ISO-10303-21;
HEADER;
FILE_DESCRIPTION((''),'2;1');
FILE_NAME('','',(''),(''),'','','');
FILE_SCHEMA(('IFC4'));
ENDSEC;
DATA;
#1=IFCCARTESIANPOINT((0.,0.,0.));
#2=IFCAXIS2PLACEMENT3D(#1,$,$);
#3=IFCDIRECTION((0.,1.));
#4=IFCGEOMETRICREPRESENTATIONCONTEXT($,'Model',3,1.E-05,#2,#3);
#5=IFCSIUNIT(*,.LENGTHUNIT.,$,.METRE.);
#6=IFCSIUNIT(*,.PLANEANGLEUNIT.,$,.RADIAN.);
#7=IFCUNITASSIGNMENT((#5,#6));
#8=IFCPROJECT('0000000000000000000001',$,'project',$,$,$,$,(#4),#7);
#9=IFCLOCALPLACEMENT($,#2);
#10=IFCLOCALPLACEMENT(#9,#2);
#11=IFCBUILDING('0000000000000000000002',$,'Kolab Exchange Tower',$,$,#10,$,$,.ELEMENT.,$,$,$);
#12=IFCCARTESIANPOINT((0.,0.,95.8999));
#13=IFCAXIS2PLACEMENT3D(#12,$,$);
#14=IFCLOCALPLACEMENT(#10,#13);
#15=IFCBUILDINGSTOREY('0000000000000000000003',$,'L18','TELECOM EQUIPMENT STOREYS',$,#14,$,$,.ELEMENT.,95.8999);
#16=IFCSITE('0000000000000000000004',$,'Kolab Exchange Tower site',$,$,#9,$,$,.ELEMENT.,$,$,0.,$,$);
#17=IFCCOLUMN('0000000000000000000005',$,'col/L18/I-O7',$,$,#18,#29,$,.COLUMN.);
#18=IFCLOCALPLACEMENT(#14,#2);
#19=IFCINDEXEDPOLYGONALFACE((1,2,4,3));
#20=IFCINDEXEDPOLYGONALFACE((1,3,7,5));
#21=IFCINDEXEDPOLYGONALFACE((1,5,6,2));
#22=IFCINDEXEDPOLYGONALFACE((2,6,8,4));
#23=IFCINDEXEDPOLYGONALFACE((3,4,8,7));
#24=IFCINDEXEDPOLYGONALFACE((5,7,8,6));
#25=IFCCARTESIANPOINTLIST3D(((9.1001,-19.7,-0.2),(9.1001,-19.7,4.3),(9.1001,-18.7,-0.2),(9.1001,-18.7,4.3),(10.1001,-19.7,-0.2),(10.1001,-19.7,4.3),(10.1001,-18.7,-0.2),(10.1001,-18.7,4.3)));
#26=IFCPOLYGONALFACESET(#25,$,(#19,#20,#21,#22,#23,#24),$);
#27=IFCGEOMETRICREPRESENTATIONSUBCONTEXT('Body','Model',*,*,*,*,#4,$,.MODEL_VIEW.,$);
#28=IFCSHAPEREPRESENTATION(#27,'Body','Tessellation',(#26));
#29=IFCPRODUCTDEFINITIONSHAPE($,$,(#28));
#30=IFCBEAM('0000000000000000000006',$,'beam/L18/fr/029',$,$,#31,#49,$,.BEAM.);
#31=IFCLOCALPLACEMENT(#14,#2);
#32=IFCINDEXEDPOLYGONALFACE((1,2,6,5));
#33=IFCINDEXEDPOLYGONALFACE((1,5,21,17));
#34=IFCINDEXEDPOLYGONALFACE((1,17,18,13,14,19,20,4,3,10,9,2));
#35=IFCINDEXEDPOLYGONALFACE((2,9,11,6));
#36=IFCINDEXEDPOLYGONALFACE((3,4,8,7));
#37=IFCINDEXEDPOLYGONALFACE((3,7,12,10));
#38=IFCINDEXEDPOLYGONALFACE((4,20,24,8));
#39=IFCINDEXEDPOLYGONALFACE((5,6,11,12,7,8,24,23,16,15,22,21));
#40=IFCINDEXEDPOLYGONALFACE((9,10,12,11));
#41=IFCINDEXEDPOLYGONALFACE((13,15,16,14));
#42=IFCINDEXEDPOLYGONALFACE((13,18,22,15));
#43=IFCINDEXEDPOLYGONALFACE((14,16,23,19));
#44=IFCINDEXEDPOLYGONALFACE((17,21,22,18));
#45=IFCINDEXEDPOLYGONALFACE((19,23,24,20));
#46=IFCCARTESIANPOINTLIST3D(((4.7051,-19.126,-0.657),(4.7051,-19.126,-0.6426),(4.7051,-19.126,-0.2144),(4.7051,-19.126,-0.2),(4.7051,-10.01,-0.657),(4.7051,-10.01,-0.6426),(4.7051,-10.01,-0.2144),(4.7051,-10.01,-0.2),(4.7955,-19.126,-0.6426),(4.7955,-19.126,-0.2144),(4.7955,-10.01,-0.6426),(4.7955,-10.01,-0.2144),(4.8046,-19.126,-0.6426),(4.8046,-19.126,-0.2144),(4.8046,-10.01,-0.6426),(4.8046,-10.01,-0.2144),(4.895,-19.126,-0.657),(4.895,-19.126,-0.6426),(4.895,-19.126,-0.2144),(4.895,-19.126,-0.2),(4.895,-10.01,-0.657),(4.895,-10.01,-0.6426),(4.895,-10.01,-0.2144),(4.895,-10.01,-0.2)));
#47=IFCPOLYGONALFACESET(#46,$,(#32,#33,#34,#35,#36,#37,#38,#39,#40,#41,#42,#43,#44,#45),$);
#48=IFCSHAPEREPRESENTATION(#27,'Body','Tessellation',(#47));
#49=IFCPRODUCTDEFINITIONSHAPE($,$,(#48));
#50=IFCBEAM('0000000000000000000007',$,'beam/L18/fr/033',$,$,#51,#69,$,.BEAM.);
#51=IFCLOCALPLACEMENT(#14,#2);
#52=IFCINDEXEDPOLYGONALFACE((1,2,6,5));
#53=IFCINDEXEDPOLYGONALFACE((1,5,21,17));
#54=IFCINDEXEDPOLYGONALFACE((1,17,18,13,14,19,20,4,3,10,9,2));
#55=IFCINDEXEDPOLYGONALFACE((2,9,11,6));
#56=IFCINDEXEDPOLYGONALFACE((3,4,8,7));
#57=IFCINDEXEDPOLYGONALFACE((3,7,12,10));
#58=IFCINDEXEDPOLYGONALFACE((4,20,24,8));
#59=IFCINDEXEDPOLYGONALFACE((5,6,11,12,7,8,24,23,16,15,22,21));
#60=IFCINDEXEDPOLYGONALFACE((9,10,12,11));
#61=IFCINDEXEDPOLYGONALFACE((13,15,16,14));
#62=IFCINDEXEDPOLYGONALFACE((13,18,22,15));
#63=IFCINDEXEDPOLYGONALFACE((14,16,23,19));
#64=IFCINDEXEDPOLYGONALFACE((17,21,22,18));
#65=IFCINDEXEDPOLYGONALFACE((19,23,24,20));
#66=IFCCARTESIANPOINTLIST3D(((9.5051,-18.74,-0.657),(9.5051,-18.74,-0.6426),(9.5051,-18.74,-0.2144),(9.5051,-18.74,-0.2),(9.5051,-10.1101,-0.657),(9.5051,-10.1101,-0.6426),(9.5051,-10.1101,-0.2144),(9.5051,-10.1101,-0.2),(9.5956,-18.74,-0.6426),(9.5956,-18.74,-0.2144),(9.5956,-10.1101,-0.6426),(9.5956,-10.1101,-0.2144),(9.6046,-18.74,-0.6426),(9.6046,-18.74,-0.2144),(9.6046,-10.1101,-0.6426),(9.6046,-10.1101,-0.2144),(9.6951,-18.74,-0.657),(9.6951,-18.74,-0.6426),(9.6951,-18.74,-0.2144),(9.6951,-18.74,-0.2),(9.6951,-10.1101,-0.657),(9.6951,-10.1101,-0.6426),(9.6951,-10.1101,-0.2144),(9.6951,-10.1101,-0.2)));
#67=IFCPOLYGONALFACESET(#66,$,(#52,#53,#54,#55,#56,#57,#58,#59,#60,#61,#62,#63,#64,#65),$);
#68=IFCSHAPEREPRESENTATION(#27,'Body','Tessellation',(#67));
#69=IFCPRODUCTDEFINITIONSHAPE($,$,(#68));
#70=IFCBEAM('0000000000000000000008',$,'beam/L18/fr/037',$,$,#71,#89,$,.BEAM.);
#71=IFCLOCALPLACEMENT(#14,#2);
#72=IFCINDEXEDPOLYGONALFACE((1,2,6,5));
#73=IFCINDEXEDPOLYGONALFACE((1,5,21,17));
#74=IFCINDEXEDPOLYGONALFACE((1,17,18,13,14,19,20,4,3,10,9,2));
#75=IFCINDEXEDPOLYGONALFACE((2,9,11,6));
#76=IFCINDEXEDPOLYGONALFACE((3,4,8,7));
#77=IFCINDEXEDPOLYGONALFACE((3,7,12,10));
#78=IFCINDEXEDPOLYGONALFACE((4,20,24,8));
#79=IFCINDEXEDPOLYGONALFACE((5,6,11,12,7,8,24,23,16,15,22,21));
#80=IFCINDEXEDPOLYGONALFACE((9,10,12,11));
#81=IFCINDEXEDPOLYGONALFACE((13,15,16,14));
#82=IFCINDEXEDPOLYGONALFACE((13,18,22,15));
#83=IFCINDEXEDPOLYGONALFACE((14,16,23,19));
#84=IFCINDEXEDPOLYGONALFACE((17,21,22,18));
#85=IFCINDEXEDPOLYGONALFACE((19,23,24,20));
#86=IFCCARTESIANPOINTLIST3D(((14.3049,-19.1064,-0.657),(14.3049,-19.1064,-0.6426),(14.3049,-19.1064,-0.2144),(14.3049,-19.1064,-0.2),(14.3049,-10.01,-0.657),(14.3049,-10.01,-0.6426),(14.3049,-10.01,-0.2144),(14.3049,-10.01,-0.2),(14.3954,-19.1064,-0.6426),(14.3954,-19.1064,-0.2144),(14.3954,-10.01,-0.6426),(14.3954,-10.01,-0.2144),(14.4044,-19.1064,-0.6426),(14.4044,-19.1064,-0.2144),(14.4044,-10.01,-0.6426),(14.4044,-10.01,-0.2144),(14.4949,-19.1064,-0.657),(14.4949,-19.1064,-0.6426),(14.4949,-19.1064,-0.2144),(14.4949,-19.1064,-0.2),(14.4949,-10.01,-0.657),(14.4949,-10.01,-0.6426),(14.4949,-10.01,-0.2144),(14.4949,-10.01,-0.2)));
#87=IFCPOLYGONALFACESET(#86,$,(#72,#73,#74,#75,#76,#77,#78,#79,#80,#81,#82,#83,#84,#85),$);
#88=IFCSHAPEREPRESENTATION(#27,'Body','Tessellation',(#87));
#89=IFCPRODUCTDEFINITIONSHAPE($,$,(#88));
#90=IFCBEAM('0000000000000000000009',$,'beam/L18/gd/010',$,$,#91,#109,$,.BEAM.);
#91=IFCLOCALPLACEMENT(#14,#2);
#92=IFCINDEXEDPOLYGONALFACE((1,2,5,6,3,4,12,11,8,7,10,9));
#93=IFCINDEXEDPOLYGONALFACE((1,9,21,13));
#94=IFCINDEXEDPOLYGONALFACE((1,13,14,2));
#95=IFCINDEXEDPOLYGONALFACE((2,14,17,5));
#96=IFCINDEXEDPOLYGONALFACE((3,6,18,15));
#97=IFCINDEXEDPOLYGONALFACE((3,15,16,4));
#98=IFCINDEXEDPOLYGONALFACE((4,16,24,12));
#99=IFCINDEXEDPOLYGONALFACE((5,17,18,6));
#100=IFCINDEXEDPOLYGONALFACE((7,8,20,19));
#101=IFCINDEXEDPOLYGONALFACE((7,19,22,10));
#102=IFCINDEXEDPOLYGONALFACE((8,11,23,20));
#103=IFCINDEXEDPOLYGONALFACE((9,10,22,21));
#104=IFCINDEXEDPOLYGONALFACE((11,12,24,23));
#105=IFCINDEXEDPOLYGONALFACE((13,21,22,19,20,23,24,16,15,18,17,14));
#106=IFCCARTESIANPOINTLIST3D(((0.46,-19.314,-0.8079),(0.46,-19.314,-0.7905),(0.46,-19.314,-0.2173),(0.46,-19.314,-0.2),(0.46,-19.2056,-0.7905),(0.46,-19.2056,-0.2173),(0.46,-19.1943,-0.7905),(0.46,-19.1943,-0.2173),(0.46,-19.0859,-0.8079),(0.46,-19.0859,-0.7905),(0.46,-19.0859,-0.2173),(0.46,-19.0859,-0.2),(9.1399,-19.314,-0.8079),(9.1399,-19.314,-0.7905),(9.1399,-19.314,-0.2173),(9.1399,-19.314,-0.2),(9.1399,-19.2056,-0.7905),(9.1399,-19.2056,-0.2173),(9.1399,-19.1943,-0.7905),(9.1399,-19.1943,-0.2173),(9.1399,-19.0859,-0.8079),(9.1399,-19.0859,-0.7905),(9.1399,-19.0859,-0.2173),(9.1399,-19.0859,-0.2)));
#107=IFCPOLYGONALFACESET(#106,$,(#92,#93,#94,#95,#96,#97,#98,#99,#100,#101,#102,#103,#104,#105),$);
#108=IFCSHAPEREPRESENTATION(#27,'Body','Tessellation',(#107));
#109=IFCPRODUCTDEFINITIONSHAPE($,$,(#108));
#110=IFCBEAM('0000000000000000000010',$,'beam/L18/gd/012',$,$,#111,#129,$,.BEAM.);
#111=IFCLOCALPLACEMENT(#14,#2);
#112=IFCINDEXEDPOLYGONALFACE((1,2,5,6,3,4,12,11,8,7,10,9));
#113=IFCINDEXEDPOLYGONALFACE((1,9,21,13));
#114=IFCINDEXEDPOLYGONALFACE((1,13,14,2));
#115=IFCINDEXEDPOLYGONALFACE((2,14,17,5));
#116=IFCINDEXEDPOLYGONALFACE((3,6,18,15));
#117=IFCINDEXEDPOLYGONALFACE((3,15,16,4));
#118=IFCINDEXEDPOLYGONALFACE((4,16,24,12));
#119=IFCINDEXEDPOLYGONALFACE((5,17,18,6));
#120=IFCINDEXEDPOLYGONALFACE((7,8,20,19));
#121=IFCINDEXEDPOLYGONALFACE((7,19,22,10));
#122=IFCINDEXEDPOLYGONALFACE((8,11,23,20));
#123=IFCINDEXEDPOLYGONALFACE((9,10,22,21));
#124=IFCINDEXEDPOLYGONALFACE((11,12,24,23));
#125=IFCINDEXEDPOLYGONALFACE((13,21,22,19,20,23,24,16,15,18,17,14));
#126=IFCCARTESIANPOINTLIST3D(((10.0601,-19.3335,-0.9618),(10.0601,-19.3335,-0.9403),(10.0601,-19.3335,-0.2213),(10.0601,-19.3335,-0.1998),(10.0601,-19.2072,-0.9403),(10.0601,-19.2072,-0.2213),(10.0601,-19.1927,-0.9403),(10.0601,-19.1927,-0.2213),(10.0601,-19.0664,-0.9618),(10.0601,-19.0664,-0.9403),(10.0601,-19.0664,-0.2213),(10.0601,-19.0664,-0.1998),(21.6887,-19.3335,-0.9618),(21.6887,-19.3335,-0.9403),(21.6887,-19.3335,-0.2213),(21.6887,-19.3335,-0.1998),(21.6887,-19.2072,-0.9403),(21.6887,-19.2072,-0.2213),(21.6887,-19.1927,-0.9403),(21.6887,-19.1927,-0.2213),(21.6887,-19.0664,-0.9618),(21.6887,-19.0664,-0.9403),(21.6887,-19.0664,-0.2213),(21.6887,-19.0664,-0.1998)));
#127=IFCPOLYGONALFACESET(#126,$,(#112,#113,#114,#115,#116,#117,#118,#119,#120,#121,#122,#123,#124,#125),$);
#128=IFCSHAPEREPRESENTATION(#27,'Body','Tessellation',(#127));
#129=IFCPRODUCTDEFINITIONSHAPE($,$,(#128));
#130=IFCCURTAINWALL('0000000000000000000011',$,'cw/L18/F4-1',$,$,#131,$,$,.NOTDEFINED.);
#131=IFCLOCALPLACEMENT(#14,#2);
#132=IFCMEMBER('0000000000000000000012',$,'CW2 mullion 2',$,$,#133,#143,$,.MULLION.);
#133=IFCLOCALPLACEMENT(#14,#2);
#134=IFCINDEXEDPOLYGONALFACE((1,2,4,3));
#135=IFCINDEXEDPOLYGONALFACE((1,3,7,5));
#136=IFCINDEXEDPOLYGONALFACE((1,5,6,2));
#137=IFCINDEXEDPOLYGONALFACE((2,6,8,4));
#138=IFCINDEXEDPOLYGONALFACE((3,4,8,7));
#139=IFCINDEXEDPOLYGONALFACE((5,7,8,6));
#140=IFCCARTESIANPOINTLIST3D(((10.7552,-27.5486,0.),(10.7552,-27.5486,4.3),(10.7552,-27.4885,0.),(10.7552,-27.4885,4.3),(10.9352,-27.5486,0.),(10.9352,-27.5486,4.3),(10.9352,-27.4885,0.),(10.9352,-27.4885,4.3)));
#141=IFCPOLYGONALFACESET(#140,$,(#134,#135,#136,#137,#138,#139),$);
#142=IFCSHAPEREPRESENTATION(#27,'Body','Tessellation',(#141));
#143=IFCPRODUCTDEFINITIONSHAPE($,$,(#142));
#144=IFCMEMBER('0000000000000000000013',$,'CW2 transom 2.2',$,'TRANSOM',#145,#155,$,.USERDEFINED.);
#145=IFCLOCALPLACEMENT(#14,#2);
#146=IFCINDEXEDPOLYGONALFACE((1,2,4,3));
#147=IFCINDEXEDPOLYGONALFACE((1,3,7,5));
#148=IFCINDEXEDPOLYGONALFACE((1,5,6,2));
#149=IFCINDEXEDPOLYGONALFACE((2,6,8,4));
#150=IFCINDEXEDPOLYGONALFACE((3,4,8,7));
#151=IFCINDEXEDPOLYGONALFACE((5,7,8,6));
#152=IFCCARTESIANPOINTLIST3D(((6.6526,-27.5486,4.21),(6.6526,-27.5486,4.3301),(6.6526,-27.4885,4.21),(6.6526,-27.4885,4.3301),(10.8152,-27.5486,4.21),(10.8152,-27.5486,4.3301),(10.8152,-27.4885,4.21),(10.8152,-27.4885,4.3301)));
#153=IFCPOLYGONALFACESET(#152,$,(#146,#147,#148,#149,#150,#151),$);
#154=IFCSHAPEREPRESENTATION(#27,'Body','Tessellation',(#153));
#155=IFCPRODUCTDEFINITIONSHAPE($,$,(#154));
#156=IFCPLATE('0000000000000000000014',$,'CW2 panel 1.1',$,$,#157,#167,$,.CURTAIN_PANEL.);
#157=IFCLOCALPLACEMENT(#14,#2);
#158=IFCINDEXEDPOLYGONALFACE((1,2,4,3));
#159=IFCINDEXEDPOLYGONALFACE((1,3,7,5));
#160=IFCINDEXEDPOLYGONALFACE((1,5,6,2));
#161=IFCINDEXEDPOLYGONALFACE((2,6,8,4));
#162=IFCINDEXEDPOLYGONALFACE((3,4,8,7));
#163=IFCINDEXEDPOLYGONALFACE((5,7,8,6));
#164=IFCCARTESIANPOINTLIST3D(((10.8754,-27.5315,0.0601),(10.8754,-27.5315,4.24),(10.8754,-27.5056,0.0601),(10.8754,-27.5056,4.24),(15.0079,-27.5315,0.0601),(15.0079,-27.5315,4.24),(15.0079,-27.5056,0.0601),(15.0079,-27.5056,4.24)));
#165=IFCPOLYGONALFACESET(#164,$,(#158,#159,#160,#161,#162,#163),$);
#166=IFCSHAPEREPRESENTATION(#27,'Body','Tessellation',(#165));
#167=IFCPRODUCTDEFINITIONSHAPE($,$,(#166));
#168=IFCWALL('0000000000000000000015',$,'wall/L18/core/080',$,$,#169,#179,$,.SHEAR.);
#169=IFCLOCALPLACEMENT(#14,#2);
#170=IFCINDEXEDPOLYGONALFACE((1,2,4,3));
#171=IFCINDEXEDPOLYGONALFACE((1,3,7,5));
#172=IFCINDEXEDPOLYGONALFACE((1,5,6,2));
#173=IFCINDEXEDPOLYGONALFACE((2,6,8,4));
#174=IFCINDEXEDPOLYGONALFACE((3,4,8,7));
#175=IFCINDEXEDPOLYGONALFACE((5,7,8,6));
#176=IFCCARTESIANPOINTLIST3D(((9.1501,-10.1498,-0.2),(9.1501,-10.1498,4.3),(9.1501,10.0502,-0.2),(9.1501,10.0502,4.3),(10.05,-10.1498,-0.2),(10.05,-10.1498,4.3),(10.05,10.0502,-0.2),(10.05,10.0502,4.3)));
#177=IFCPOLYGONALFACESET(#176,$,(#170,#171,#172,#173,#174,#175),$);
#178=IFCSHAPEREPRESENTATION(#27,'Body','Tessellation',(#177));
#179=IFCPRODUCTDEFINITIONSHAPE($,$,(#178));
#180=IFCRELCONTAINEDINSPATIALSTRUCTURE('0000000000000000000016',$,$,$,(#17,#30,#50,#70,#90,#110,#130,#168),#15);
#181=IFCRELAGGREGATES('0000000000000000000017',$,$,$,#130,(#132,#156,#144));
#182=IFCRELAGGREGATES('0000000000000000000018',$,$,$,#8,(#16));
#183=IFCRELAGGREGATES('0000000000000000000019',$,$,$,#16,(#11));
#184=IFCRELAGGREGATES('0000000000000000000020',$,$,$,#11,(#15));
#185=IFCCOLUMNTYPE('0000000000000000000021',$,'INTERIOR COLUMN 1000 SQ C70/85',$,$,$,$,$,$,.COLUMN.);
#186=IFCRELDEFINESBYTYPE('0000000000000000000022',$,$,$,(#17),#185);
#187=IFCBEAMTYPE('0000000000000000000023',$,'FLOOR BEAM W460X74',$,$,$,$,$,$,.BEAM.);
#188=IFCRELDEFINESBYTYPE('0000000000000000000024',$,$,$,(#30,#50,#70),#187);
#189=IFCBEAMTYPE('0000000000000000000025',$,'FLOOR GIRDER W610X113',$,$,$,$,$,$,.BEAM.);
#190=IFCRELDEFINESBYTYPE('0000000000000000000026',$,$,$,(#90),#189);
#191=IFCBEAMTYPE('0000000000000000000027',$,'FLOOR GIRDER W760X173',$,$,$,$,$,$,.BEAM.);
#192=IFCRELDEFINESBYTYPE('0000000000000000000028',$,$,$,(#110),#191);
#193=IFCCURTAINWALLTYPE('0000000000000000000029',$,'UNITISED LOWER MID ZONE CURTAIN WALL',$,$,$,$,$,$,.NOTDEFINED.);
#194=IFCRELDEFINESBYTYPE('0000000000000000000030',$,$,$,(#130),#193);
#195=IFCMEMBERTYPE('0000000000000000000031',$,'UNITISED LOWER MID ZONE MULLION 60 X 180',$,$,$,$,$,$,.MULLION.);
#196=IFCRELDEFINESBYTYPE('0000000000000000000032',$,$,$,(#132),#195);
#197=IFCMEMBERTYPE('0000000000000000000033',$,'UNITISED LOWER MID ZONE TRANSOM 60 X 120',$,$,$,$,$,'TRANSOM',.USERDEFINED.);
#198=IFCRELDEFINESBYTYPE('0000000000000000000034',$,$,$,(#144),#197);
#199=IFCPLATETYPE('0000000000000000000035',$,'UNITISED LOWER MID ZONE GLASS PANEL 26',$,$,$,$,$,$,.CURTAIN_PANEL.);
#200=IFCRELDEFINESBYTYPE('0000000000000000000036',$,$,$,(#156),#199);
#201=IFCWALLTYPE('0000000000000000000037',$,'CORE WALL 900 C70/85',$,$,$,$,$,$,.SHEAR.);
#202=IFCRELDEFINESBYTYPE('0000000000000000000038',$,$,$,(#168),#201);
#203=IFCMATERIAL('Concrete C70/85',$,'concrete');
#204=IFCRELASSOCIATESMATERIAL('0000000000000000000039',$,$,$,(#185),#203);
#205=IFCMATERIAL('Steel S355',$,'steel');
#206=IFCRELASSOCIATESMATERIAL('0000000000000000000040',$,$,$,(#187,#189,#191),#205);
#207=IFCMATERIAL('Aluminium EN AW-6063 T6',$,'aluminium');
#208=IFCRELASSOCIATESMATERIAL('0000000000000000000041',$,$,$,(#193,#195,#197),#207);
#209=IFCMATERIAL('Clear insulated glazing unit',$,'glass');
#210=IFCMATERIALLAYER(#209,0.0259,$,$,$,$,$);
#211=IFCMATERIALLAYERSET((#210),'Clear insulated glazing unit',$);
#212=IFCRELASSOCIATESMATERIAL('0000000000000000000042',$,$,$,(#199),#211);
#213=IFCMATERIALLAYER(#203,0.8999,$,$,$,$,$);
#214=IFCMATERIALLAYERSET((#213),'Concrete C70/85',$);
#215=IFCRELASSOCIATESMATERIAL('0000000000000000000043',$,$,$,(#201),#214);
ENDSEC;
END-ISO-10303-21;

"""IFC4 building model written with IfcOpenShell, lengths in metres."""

from ifc_helpers import new_model, si_unit, direction, frame, frame_2d, origin, origin_2d, place, context, subcontext, project, spatial, rectangle, i_section, extrude, material, layer, layer_set, material_profile, profile_set, type_object, element, aggregate, save


model = new_model("IFC4")

# Units and contexts
model_context = context("Model", 3, precision=1e-05, world=origin(), true_north=direction((0.0, 1.0)))
body_context = subcontext(model_context, "Body", "Model", "MODEL_VIEW")
ifc_project = project(units=[si_unit("LENGTHUNIT", "METRE"), si_unit("PLANEANGLEUNIT", "RADIAN")], contexts=[model_context])

# Site, building, storey
site_placement = place(None, origin())
site = spatial("IfcSite", under=ifc_project, at=site_placement, Name="Kolab Exchange Tower site", CompositionType="ELEMENT", RefElevation=0.0)
building_placement = place(site_placement, origin())
building = spatial("IfcBuilding", under=site, at=building_placement, Name="Kolab Exchange Tower", CompositionType="ELEMENT")
storey_placement = place(building_placement, frame((0.0, 0.0, 95.8999)))
storey = spatial("IfcBuildingStorey", under=building, at=storey_placement, Name="L18", Description="TELECOM EQUIPMENT STOREYS", CompositionType="ELEMENT", Elevation=95.8999)

# Column
ifc_material_1 = material(Name="Concrete C70/85", Category="concrete")
ifc_material_profile_1 = material_profile(ifc_material_1, rectangle(XDim=1.0, YDim=1.0, at=origin_2d()), Name="RC1000")
ifc_profile_set_1 = profile_set([ifc_material_profile_1], Name="Concrete C70/85")
column_type = type_object("IfcColumnType", Name="INTERIOR COLUMN 1000 SQ C70/85", PredefinedType="COLUMN", material=ifc_profile_set_1)
column_placement = place(storey_placement, frame((9.6001, -19.2, -0.2), z_axis=(0.0, 0.0, 1.0), x_axis=(1.0, 0.0, 0.0)))
element("IfcColumn", 1, at=column_placement, inside=storey, type_object=column_type, Name="col/L18/I-O7", PredefinedType="COLUMN", context=body_context, shape_type="SweptSolid", body=[
    extrude(rectangle(XDim=1.0, YDim=1.0, at=origin_2d()), origin(), (0.0, 0.0, 1.0), 4.5),
])

# Beams
ifc_material_2 = material(Name="Steel S355", Category="steel")
ifc_material_profile_2 = material_profile(ifc_material_2, i_section(OverallWidth=0.1899, OverallDepth=0.457, WebThickness=0.009, FlangeThickness=0.0144, at=origin_2d()), Name="W460X74")
ifc_profile_set_2 = profile_set([ifc_material_profile_2], Name="Steel S355")
beam_type_1 = type_object("IfcBeamType", Name="FLOOR BEAM W460X74", PredefinedType="BEAM", material=ifc_profile_set_2)
beam_1_placement = place(storey_placement, frame((4.8, -19.126, -0.4285), z_axis=(0.0, 1.0, 0.0), x_axis=(-1.0, 0.0, 0.0)))
element("IfcBeam", 2, at=beam_1_placement, inside=storey, type_object=beam_type_1, Name="beam/L18/fr/029", PredefinedType="BEAM", context=body_context, shape_type="SweptSolid", body=[
    extrude(i_section(OverallWidth=0.1899, OverallDepth=0.457, WebThickness=0.009, FlangeThickness=0.0144, at=origin_2d()), origin(), (0.0, 0.0, 1.0), 9.116),
])
beam_2_placement = place(storey_placement, frame((9.6001, -18.74, -0.4285), z_axis=(0.0, 1.0, 0.0), x_axis=(-1.0, 0.0, 0.0)))
element("IfcBeam", 3, at=beam_2_placement, inside=storey, type_object=beam_type_1, Name="beam/L18/fr/033", PredefinedType="BEAM", context=body_context, shape_type="SweptSolid", body=[
    extrude(i_section(OverallWidth=0.1899, OverallDepth=0.457, WebThickness=0.009, FlangeThickness=0.0144, at=origin_2d()), origin(), (0.0, 0.0, 1.0), 8.6299),
])
beam_3_placement = place(storey_placement, frame((14.3999, -19.1064, -0.4285), z_axis=(0.0, 1.0, 0.0), x_axis=(-1.0, 0.0, 0.0)))
element("IfcBeam", 4, at=beam_3_placement, inside=storey, type_object=beam_type_1, Name="beam/L18/fr/037", PredefinedType="BEAM", context=body_context, shape_type="SweptSolid", body=[
    extrude(i_section(OverallWidth=0.1899, OverallDepth=0.457, WebThickness=0.009, FlangeThickness=0.0144, at=origin_2d()), origin(), (0.0, 0.0, 1.0), 9.0964),
])
ifc_material_profile_3 = material_profile(ifc_material_2, i_section(OverallWidth=0.228, OverallDepth=0.6079, WebThickness=0.0112, FlangeThickness=0.0173, at=origin_2d()), Name="W610X113")
ifc_profile_set_3 = profile_set([ifc_material_profile_3], Name="Steel S355")
beam_type_2 = type_object("IfcBeamType", Name="FLOOR GIRDER W610X113", PredefinedType="BEAM", material=ifc_profile_set_3)
beam_4_placement = place(storey_placement, frame((0.46, -19.2, -0.5039), z_axis=(1.0, 0.0, 0.0), x_axis=(0.0, 1.0, 0.0)))
element("IfcBeam", 5, at=beam_4_placement, inside=storey, type_object=beam_type_2, Name="beam/L18/gd/010", PredefinedType="BEAM", context=body_context, shape_type="SweptSolid", body=[
    extrude(i_section(OverallWidth=0.228, OverallDepth=0.6079, WebThickness=0.0112, FlangeThickness=0.0173, at=origin_2d()), origin(), (0.0, 0.0, 1.0), 8.6799),
])
ifc_material_profile_4 = material_profile(ifc_material_2, i_section(OverallWidth=0.2671, OverallDepth=0.762, WebThickness=0.0144, FlangeThickness=0.0215, at=origin_2d()), Name="W760X173")
ifc_profile_set_4 = profile_set([ifc_material_profile_4], Name="Steel S355")
beam_type_3 = type_object("IfcBeamType", Name="FLOOR GIRDER W760X173", PredefinedType="BEAM", material=ifc_profile_set_4)
beam_5_placement = place(storey_placement, frame((10.0601, -19.2, -0.5808), z_axis=(1.0, 0.0, 0.0), x_axis=(0.0, 1.0, 0.0)))
element("IfcBeam", 6, at=beam_5_placement, inside=storey, type_object=beam_type_3, Name="beam/L18/gd/012", PredefinedType="BEAM", context=body_context, shape_type="SweptSolid", body=[
    extrude(i_section(OverallWidth=0.2671, OverallDepth=0.762, WebThickness=0.0144, FlangeThickness=0.0215, at=origin_2d()), origin(), (0.0, 0.0, 1.0), 11.6287),
])

# Curtain wall, members, plate
ifc_material_3 = material(Name="Aluminium EN AW-6063 T6", Category="aluminium")
curtain_wall_type = type_object("IfcCurtainWallType", Name="UNITISED LOWER MID ZONE CURTAIN WALL", PredefinedType="NOTDEFINED", material=ifc_material_3)
curtain_wall_placement = place(storey_placement, origin())
curtain_wall = element("IfcCurtainWall", 7, at=curtain_wall_placement, inside=storey, type_object=curtain_wall_type, Name="cw/L18/F4-1", PredefinedType="NOTDEFINED")
ifc_material_profile_5 = material_profile(ifc_material_3, rectangle(XDim=0.0601, YDim=0.1799, at=origin_2d()), Name="RECT 60X180")
ifc_profile_set_5 = profile_set([ifc_material_profile_5], Name="Aluminium EN AW-6063 T6")
member_type_1 = type_object("IfcMemberType", Name="UNITISED LOWER MID ZONE MULLION 60 X 180", PredefinedType="MULLION", material=ifc_profile_set_5)
member_1_placement = place(storey_placement, frame((10.8452, -27.5186, 0.0), z_axis=(0.0, 0.0, 1.0), x_axis=(0.0, -1.0, 0.0)))
member_1 = element("IfcMember", 8, at=member_1_placement, type_object=member_type_1, Name="CW2 mullion 2", PredefinedType="MULLION", context=body_context, shape_type="SweptSolid", body=[
    extrude(rectangle(XDim=0.0601, YDim=0.1799, at=origin_2d()), origin(), (0.0, 0.0, 1.0), 4.3),
])
ifc_material_profile_6 = material_profile(ifc_material_3, rectangle(XDim=0.0601, YDim=0.1201, at=origin_2d()), Name="RECT 60X120")
ifc_profile_set_6 = profile_set([ifc_material_profile_6], Name="Aluminium EN AW-6063 T6")
member_type_2 = type_object("IfcMemberType", Name="UNITISED LOWER MID ZONE TRANSOM 60 X 120", ElementType="TRANSOM", PredefinedType="USERDEFINED", material=ifc_profile_set_6)
member_2_placement = place(storey_placement, frame((10.8152, -27.5186, 4.27), z_axis=(-1.0, 0.0, 0.0), x_axis=(0.0, -1.0, 0.0)))
member_2 = element("IfcMember", 9, at=member_2_placement, type_object=member_type_2, Name="CW2 transom 2.2", ObjectType="TRANSOM", PredefinedType="USERDEFINED", context=body_context, shape_type="SweptSolid", body=[
    extrude(rectangle(XDim=0.0601, YDim=0.1201, at=origin_2d()), origin(), (0.0, 0.0, 1.0), 4.1626),
])
ifc_material_4 = material(Name="Clear insulated glazing unit", Category="glass")
ifc_layer_1 = layer(ifc_material_4, 0.0259)
ifc_layer_set_1 = layer_set([ifc_layer_1], Name="Clear insulated glazing unit")
plate_type = type_object("IfcPlateType", Name="UNITISED LOWER MID ZONE GLASS PANEL 26", PredefinedType="CURTAIN_PANEL", material=ifc_layer_set_1)
plate_placement = place(storey_placement, frame((12.9417, -27.5186, 0.0601), z_axis=(0.0, 0.0, 1.0), x_axis=(-1.0, 0.0, 0.0)))
plate = element("IfcPlate", 10, at=plate_placement, type_object=plate_type, Name="CW2 panel 1.1", PredefinedType="CURTAIN_PANEL", context=body_context, shape_type="SweptSolid", body=[
    extrude(rectangle(XDim=4.1326, YDim=0.0259, at=origin_2d()), origin(), (0.0, 0.0, 1.0), 4.1799),
])
aggregate(curtain_wall, [member_1, plate, member_2])

# Wall
ifc_layer_2 = layer(ifc_material_1, 0.8999)
ifc_layer_set_2 = layer_set([ifc_layer_2], Name="Concrete C70/85")
wall_type_1 = type_object("IfcWallType", Name="CORE WALL 900 C70/85", PredefinedType="SHEAR", material=ifc_layer_set_2)
wall_1_placement = place(storey_placement, frame((9.6001, -10.1499, -0.2), z_axis=(0.0, 0.0, 1.0), x_axis=(0.0, 1.0, 0.0)))
element("IfcWall", 11, at=wall_1_placement, inside=storey, type_object=wall_type_1, Name="wall/L18/core/080", PredefinedType="SHEAR", context=body_context, shape_type="SweptSolid", body=[
    extrude(rectangle(XDim=20.2, YDim=0.8999, at=frame_2d((10.1001, 0.0))), origin(), (0.0, 0.0, 1.0), 4.5),
])

save(model, "model.ifc")
